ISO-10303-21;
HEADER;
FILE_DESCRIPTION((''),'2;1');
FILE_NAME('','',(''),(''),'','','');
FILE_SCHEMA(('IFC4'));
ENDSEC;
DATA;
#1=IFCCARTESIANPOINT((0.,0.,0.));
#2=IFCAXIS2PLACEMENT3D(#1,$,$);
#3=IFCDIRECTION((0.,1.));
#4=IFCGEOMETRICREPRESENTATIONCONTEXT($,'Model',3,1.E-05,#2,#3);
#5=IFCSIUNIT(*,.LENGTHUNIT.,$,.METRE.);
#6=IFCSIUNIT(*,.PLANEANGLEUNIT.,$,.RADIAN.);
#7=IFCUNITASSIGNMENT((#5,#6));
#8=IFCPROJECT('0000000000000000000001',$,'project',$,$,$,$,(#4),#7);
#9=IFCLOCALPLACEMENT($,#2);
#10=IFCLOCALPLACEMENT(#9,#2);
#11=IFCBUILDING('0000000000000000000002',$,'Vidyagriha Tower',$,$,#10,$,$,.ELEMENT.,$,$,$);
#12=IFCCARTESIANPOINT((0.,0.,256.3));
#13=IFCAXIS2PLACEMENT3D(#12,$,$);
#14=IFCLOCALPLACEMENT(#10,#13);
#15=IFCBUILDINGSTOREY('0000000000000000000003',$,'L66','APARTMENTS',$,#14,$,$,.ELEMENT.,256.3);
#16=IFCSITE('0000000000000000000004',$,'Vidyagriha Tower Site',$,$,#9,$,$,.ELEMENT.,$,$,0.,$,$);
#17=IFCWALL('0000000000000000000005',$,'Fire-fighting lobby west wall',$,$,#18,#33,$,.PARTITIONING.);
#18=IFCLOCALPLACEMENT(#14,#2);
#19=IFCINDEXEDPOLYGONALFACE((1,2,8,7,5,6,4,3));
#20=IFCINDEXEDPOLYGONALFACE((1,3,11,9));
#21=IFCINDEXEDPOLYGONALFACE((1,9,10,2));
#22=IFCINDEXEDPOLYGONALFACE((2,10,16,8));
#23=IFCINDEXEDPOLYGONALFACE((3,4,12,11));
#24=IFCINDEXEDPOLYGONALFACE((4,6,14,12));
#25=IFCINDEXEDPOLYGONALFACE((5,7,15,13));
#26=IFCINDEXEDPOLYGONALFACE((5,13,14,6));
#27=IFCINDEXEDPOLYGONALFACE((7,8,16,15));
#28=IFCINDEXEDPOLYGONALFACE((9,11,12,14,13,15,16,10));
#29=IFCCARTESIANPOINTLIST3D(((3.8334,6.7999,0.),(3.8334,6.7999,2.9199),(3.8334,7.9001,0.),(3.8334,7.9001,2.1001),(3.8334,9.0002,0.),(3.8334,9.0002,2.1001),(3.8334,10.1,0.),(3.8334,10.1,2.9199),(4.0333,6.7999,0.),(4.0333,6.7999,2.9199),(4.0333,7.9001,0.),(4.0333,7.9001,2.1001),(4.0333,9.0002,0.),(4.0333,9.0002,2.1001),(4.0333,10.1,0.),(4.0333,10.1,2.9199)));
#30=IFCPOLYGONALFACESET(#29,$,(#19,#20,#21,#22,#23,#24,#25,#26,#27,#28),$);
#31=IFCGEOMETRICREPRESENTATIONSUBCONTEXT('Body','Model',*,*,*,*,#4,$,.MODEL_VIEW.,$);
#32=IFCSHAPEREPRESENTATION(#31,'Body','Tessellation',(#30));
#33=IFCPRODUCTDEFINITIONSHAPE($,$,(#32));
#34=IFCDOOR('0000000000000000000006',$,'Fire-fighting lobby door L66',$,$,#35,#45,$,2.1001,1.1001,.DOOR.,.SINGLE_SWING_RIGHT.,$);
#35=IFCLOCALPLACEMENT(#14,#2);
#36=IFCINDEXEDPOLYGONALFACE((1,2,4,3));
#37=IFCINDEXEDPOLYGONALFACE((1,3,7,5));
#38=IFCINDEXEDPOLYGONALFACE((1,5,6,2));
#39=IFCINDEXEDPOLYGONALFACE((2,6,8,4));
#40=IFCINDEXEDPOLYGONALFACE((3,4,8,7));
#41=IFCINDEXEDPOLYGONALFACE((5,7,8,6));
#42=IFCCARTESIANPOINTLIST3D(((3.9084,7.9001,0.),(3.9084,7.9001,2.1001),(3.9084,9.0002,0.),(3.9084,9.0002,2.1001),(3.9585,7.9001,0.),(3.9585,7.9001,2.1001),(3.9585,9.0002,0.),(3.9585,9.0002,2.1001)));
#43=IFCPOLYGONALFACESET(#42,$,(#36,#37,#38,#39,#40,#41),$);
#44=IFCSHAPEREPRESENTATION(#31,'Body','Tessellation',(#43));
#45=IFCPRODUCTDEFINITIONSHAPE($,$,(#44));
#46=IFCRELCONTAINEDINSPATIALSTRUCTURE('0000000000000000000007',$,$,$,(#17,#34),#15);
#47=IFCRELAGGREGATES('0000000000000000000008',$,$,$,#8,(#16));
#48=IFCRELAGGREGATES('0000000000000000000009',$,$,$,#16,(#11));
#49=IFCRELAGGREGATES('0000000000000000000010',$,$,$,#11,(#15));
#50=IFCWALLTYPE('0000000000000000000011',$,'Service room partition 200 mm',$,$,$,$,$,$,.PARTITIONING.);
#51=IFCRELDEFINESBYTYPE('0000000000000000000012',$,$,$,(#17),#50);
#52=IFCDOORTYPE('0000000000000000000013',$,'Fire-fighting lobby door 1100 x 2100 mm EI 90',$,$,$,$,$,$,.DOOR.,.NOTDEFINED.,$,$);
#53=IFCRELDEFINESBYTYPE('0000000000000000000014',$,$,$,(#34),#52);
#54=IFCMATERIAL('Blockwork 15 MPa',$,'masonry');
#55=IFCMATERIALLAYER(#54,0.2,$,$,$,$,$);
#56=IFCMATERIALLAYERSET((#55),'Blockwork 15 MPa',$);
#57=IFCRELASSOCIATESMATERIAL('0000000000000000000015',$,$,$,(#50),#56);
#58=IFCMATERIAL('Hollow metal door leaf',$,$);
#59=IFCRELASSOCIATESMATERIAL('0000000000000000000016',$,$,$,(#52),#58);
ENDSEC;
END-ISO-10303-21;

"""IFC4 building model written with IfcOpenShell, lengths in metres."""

from ifc_helpers import new_model, si_unit, direction, frame, frame_2d, origin, place, context, subcontext, project, spatial, rectangle, extrude, material, layer, layer_set, type_object, element, fill, save


model = new_model("IFC4")

# Units and contexts
model_context = context("Model", 3, precision=1e-05, world=origin(), true_north=direction((0.0, 1.0)))
body_context = subcontext(model_context, "Body", "Model", "MODEL_VIEW")
ifc_project = project(units=[si_unit("LENGTHUNIT", "METRE"), si_unit("PLANEANGLEUNIT", "RADIAN")], contexts=[model_context])

# Site, building, storey
site_placement = place(None, origin())
site = spatial("IfcSite", under=ifc_project, at=site_placement, Name="Vidyagriha Tower Site", CompositionType="ELEMENT", RefElevation=0.0)
building_placement = place(site_placement, origin())
building = spatial("IfcBuilding", under=site, at=building_placement, Name="Vidyagriha Tower", CompositionType="ELEMENT")
storey_placement = place(building_placement, frame((0.0, 0.0, 256.3)))
storey = spatial("IfcBuildingStorey", under=building, at=storey_placement, Name="L66", Description="APARTMENTS", CompositionType="ELEMENT", Elevation=256.3)

# Wall, opening, door
ifc_material_1 = material(Name="Blockwork 15 MPa", Category="masonry")
ifc_layer_1 = layer(ifc_material_1, 0.2)
ifc_layer_set_1 = layer_set([ifc_layer_1], Name="Blockwork 15 MPa")
wall_type_1 = type_object("IfcWallType", Name="Service room partition 200 mm", PredefinedType="PARTITIONING", material=ifc_layer_set_1)
wall_1_placement = place(storey_placement, frame((3.9333, 6.8, 0.0), z_axis=(0.0, 0.0, 1.0), x_axis=(0.0, 1.0, 0.0)))
wall_1 = element("IfcWall", 1, at=wall_1_placement, inside=storey, type_object=wall_type_1, Name="Fire-fighting lobby west wall", PredefinedType="PARTITIONING", context=body_context, shape_type="SweptSolid", body=[
    extrude(rectangle(XDim=3.3, YDim=0.2, at=frame_2d((1.6499, 0.0))), origin(), (0.0, 0.0, 1.0), 2.9199),
])
opening_1_placement = place(wall_1_placement, frame((1.1001, 0.0, 0.0)))
opening_1 = element("IfcOpeningElement", 2, at=opening_1_placement, cuts=wall_1, PredefinedType="OPENING", context=body_context, shape_type="SweptSolid", body=[
    extrude(rectangle(XDim=1.1001, YDim=2.1001, at=frame_2d((0.55, 1.05))), frame((0.0, 0.1099, 0.0), z_axis=(0.0, -1.0, 0.0), x_axis=(1.0, 0.0, 0.0)), (0.0, 0.0, 1.0), 0.22),
])
ifc_material_2 = material(Name="Hollow metal door leaf")
door_type_1 = type_object("IfcDoorType", Name="Fire-fighting lobby door 1100 x 2100 mm EI 90", OperationType="NOTDEFINED", PredefinedType="DOOR", material=ifc_material_2)
door_1_placement = place(opening_1_placement, origin())
door_1 = element("IfcDoor", 3, at=door_1_placement, inside=storey, type_object=door_type_1, Name="Fire-fighting lobby door L66", OperationType="SINGLE_SWING_RIGHT", OverallHeight=2.1001, OverallWidth=1.1001, PredefinedType="DOOR", context=body_context, shape_type="SweptSolid", body=[
    extrude(rectangle(XDim=1.1001, YDim=2.1001, at=frame_2d((0.55, 1.05))), frame((0.0, 0.0249, 0.0), z_axis=(0.0, -1.0, 0.0), x_axis=(1.0, 0.0, 0.0)), (0.0, 0.0, 1.0), 0.05),
])
fill(opening_1, door_1)

save(model, "model.ifc")
